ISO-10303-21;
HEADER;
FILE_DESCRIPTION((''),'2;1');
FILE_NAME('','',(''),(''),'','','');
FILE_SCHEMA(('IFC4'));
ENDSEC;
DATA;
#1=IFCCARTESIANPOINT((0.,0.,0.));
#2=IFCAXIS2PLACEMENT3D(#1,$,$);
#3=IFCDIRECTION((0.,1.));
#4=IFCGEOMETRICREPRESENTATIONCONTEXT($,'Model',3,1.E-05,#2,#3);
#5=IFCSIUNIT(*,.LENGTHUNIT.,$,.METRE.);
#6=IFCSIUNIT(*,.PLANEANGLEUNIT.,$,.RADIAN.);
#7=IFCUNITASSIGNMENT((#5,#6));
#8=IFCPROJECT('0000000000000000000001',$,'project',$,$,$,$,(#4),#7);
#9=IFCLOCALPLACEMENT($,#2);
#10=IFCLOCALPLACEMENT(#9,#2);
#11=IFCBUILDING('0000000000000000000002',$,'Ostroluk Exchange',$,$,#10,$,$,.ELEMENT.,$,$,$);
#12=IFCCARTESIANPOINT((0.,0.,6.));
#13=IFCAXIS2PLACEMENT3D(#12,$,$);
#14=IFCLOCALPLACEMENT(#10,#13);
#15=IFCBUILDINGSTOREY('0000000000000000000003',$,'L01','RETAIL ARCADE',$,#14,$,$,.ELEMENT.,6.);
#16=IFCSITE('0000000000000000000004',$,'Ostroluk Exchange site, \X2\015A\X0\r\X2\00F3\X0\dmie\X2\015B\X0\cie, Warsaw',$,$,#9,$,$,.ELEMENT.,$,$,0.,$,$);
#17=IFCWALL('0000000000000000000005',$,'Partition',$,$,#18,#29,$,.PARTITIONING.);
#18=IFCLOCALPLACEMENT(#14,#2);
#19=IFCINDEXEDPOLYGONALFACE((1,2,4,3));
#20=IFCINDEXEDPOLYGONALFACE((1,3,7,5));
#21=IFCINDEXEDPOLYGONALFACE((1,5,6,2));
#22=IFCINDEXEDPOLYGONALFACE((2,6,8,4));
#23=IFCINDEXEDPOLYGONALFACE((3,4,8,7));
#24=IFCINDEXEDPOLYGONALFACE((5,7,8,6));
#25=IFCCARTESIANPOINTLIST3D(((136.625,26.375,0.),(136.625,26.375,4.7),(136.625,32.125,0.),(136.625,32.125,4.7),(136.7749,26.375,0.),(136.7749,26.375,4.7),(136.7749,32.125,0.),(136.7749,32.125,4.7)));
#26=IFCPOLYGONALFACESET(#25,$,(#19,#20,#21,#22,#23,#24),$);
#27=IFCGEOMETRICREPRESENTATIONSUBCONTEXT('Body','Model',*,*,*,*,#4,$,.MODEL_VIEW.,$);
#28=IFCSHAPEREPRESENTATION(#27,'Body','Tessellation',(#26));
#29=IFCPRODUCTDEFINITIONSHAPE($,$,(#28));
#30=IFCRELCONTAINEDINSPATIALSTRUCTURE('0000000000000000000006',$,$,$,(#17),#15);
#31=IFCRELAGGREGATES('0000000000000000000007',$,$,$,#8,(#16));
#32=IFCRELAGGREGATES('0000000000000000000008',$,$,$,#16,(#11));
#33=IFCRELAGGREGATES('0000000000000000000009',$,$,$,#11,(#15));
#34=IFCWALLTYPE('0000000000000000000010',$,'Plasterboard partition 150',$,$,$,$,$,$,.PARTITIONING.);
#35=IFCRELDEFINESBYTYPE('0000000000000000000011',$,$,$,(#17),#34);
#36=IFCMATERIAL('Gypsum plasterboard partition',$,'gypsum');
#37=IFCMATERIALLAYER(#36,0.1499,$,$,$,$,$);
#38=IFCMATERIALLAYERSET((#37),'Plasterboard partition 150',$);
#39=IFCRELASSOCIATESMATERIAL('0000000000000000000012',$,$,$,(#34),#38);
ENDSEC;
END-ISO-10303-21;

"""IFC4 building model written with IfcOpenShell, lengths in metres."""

from ifc_helpers import new_model, si_unit, direction, frame, frame_2d, origin, place, context, subcontext, project, spatial, rectangle, extrude, material, layer, layer_set, type_object, element, save


model = new_model("IFC4")

# Units and contexts
model_context = context("Model", 3, precision=1e-05, world=origin(), true_north=direction((0.0, 1.0)))
body_context = subcontext(model_context, "Body", "Model", "MODEL_VIEW")
ifc_project = project(units=[si_unit("LENGTHUNIT", "METRE"), si_unit("PLANEANGLEUNIT", "RADIAN")], contexts=[model_context])

# Site, building, storey
site_placement = place(None, origin())
site = spatial("IfcSite", under=ifc_project, at=site_placement, Name="Ostroluk Exchange site, Śródmieście, Warsaw", CompositionType="ELEMENT", RefElevation=0.0)
building_placement = place(site_placement, origin())
building = spatial("IfcBuilding", under=site, at=building_placement, Name="Ostroluk Exchange", CompositionType="ELEMENT")
storey_placement = place(building_placement, frame((0.0, 0.0, 6.0)))
storey = spatial("IfcBuildingStorey", under=building, at=storey_placement, Name="L01", Description="RETAIL ARCADE", CompositionType="ELEMENT", Elevation=6.0)

# Wall
ifc_material_1 = material(Name="Gypsum plasterboard partition", Category="gypsum")
ifc_layer_1 = layer(ifc_material_1, 0.1499)
ifc_layer_set_1 = layer_set([ifc_layer_1], Name="Plasterboard partition 150")
wall_type_1 = type_object("IfcWallType", Name="Plasterboard partition 150", PredefinedType="PARTITIONING", material=ifc_layer_set_1)
wall_1_placement = place(storey_placement, frame((136.7, 26.375, 0.0), z_axis=(0.0, 0.0, 1.0), x_axis=(0.0, 1.0, 0.0)))
element("IfcWall", 1, at=wall_1_placement, inside=storey, type_object=wall_type_1, Name="Partition", PredefinedType="PARTITIONING", context=body_context, shape_type="SweptSolid", body=[
    extrude(rectangle(XDim=5.75, YDim=0.1499, at=frame_2d((2.875, 0.0))), origin(), (0.0, 0.0, 1.0), 4.7),
])

save(model, "model.ifc")
